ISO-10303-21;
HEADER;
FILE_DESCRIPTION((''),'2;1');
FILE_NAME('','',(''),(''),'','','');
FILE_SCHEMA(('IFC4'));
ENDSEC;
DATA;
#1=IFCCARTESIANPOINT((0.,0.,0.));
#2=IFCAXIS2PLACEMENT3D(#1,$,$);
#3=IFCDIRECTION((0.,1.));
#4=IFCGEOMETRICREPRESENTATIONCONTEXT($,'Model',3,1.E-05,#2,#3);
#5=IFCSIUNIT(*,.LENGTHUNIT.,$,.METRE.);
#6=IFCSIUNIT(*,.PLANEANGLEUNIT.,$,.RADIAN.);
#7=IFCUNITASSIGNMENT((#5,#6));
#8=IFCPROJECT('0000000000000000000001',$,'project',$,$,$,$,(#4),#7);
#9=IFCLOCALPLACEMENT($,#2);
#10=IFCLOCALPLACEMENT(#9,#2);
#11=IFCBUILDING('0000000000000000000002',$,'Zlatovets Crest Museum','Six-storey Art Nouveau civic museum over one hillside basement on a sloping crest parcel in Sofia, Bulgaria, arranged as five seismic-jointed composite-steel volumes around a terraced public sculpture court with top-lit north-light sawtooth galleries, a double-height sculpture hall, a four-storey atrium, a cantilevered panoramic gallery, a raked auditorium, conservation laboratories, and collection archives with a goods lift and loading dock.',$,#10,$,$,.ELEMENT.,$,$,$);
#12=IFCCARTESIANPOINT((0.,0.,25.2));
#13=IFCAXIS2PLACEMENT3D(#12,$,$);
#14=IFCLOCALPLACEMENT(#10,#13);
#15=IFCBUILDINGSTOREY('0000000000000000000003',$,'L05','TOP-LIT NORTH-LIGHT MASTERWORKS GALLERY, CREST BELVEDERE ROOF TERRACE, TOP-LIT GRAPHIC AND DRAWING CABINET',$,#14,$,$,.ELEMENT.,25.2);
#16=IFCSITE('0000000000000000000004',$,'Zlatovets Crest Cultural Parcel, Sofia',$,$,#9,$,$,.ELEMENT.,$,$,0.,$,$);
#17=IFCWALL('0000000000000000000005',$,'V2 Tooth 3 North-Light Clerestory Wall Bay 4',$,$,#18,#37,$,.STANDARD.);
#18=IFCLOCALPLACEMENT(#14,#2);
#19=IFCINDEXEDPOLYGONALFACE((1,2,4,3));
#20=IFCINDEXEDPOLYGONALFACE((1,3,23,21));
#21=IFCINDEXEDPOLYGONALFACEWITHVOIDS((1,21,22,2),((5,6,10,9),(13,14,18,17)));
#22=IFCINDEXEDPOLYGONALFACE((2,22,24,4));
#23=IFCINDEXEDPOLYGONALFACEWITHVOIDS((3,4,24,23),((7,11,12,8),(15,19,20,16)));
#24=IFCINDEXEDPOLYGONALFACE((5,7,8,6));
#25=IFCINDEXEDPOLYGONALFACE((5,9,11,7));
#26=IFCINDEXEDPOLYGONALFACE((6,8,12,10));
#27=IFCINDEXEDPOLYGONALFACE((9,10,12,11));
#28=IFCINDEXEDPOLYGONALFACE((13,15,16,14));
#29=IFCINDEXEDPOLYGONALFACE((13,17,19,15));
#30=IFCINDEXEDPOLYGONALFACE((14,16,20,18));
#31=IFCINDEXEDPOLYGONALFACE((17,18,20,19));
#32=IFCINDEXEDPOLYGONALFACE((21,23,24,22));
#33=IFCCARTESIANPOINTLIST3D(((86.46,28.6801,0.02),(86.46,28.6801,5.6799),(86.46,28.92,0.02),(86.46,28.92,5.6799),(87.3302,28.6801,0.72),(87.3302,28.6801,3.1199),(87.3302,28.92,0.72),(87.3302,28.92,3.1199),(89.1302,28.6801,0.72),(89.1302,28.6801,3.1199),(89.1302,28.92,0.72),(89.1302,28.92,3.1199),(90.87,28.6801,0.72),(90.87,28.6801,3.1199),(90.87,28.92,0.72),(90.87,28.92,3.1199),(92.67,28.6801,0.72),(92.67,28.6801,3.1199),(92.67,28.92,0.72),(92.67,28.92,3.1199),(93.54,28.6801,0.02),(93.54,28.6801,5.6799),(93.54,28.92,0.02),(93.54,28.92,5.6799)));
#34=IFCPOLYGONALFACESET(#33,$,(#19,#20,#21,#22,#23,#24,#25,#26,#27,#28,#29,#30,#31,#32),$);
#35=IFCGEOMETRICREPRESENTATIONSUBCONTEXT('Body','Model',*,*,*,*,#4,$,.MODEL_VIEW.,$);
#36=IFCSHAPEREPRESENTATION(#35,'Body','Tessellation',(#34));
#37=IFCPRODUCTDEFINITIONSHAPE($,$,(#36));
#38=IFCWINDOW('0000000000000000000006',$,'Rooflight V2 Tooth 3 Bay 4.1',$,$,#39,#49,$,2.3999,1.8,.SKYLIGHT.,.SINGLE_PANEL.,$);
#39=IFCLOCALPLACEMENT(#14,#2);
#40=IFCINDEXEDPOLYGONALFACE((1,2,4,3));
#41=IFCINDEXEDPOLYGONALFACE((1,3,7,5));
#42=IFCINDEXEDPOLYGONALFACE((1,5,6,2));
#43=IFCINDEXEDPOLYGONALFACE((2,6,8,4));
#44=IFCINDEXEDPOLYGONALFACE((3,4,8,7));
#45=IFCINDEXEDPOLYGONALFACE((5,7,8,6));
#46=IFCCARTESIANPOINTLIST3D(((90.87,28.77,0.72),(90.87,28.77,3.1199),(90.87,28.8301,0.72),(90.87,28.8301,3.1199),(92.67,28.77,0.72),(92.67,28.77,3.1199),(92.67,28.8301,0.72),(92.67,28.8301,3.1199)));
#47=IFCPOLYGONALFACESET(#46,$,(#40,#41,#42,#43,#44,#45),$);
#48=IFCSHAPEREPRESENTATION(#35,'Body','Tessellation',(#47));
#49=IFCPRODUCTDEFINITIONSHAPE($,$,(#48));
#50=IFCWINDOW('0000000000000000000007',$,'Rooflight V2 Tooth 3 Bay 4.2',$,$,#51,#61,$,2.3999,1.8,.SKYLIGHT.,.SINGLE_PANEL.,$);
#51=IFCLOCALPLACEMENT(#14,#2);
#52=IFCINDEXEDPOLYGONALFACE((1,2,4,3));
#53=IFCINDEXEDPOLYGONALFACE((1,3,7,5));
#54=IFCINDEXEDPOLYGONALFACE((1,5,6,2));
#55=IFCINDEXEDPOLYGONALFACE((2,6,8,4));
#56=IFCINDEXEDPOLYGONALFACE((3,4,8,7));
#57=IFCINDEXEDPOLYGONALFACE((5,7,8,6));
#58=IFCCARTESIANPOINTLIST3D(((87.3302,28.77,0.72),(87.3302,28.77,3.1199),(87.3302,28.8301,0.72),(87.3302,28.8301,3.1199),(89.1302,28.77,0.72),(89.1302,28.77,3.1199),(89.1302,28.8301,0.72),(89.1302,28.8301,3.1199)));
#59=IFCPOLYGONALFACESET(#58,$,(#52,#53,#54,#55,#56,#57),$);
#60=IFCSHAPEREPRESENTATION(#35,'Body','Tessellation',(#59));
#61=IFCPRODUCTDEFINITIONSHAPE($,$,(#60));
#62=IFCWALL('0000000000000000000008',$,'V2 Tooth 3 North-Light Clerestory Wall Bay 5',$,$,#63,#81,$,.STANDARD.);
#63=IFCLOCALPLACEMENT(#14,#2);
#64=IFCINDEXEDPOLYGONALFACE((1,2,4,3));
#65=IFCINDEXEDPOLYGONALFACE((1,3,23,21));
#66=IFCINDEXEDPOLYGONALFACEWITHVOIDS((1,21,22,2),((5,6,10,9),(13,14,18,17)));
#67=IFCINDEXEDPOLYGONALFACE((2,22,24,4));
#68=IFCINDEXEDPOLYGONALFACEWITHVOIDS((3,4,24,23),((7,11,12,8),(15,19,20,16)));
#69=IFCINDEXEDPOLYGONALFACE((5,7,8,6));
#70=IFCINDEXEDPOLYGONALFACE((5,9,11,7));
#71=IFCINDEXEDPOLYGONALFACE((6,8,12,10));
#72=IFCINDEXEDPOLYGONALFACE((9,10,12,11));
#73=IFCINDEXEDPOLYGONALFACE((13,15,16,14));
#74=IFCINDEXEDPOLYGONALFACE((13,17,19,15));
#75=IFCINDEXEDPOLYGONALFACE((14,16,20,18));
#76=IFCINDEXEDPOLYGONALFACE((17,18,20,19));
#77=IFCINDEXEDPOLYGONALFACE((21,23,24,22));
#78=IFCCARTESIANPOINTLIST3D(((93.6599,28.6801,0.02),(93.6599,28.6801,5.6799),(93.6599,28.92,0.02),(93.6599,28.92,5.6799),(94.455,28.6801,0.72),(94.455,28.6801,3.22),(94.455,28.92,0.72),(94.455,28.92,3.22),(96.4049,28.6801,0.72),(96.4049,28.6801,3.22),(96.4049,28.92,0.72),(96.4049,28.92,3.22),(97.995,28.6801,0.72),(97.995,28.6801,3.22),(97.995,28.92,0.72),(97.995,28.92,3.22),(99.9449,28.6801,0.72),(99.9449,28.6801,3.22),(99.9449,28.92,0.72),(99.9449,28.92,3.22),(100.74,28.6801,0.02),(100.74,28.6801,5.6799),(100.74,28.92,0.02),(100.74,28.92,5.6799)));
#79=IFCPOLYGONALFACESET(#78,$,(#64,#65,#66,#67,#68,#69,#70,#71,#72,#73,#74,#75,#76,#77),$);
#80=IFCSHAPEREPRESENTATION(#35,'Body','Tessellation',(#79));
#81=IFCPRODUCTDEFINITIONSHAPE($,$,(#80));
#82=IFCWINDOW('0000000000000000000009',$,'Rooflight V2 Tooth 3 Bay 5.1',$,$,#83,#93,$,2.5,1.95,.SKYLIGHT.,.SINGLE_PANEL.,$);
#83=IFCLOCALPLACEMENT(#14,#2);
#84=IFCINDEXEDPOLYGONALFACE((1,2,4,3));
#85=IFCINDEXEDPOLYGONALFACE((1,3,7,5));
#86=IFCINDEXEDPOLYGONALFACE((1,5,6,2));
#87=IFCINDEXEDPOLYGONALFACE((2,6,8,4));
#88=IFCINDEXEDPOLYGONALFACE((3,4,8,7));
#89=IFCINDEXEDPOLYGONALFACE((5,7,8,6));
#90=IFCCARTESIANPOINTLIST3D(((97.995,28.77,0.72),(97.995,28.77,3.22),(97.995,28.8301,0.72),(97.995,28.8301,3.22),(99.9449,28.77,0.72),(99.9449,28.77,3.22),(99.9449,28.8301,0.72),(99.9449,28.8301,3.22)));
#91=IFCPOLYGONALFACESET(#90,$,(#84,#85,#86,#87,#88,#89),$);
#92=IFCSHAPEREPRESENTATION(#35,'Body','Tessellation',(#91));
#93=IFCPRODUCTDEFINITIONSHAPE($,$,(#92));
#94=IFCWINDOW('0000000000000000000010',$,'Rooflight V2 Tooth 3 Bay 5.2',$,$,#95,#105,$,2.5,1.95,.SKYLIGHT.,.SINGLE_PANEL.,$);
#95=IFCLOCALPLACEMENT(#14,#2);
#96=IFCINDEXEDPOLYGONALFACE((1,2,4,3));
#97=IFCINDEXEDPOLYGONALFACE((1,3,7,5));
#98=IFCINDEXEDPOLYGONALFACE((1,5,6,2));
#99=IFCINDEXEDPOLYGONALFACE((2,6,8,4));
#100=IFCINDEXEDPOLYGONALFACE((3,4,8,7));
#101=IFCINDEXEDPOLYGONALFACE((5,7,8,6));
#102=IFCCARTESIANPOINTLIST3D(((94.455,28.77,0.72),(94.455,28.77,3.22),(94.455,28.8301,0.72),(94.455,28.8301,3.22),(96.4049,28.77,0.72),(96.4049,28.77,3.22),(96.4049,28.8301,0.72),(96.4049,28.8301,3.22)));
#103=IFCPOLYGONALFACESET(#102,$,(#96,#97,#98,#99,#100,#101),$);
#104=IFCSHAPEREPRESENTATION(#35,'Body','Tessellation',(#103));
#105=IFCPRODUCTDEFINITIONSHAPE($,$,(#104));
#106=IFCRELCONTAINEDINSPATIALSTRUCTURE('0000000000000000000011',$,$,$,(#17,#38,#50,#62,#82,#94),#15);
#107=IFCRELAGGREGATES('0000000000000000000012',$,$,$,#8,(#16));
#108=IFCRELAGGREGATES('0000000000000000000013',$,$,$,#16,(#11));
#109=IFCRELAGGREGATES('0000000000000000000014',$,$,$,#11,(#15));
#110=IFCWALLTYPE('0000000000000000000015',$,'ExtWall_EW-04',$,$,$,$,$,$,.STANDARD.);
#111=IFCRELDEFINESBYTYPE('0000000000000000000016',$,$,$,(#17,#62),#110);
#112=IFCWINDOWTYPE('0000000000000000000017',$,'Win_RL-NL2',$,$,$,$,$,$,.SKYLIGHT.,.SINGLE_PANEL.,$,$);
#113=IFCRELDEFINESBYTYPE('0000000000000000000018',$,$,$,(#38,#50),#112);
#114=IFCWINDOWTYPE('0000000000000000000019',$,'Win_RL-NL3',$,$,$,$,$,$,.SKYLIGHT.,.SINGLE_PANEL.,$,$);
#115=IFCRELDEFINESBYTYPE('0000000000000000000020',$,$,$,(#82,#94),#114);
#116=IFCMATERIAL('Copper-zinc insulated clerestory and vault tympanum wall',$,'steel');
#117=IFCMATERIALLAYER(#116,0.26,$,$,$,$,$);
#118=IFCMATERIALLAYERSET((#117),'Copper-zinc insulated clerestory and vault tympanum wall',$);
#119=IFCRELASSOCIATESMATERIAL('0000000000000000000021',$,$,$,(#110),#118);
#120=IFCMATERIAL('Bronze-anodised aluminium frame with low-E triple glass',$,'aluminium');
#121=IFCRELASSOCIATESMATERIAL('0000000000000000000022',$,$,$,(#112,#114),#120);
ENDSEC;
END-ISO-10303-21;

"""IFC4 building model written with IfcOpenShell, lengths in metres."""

from ifc_helpers import new_model, si_unit, direction, frame, frame_2d, origin, place, context, subcontext, project, spatial, rectangle, extrude, material, layer, layer_set, type_object, element, fill, save


model = new_model("IFC4")

# Units and contexts
model_context = context("Model", 3, precision=1e-05, world=origin(), true_north=direction((0.0, 1.0)))
body_context = subcontext(model_context, "Body", "Model", "MODEL_VIEW")
ifc_project = project(units=[si_unit("LENGTHUNIT", "METRE"), si_unit("PLANEANGLEUNIT", "RADIAN")], contexts=[model_context])

# Site, building, storey
site_placement = place(None, origin())
site = spatial("IfcSite", under=ifc_project, at=site_placement, Name="Zlatovets Crest Cultural Parcel, Sofia", CompositionType="ELEMENT", RefElevation=0.0)
building_placement = place(site_placement, origin())
building = spatial("IfcBuilding", under=site, at=building_placement, Name="Zlatovets Crest Museum", Description="Six-storey Art Nouveau civic museum over one hillside basement on a sloping crest parcel in Sofia, Bulgaria, arranged as five seismic-jointed composite-steel volumes around a terraced public sculpture court with top-lit north-light sawtooth galleries, a double-height sculpture hall, a four-storey atrium, a cantilevered panoramic gallery, a raked auditorium, conservation laboratories, and collection archives with a goods lift and loading dock.", CompositionType="ELEMENT")
storey_placement = place(building_placement, frame((0.0, 0.0, 25.2)))
storey = spatial("IfcBuildingStorey", under=building, at=storey_placement, Name="L05", Description="TOP-LIT NORTH-LIGHT MASTERWORKS GALLERY, CREST BELVEDERE ROOF TERRACE, TOP-LIT GRAPHIC AND DRAWING CABINET", CompositionType="ELEMENT", Elevation=25.2)

# Walls, openings, windows
ifc_material_1 = material(Name="Copper-zinc insulated clerestory and vault tympanum wall", Category="steel")
ifc_layer_1 = layer(ifc_material_1, 0.26)
ifc_layer_set_1 = layer_set([ifc_layer_1], Name="Copper-zinc insulated clerestory and vault tympanum wall")
wall_type = type_object("IfcWallType", Name="ExtWall_EW-04", PredefinedType="STANDARD", material=ifc_layer_set_1)
wall_1_placement = place(storey_placement, frame((93.54, 28.8, 0.02), z_axis=(0.0, 0.0, 1.0), x_axis=(-1.0, 0.0, 0.0)))
wall_1 = element("IfcWall", 1, at=wall_1_placement, inside=storey, type_object=wall_type, Name="V2 Tooth 3 North-Light Clerestory Wall Bay 4", PredefinedType="STANDARD", context=body_context, shape_type="SweptSolid", body=[
    extrude(rectangle(XDim=7.0801, YDim=0.24, at=frame_2d((3.54, 0.0))), origin(), (0.0, 0.0, 1.0), 5.6599),
])
opening_1_placement = place(wall_1_placement, frame((0.8701, 0.0, 0.7)))
opening_1 = element("IfcOpeningElement", 2, at=opening_1_placement, cuts=wall_1, PredefinedType="OPENING", context=body_context, shape_type="SweptSolid", body=[
    extrude(rectangle(XDim=1.8, YDim=2.3999, at=frame_2d((0.8999, 1.2))), frame((0.0, 0.1299, 0.0), z_axis=(0.0, -1.0, 0.0), x_axis=(1.0, 0.0, 0.0)), (0.0, 0.0, 1.0), 0.26),
])
opening_2_placement = place(wall_1_placement, frame((4.4099, 0.0, 0.7)))
opening_2 = element("IfcOpeningElement", 3, at=opening_2_placement, cuts=wall_1, PredefinedType="OPENING", context=body_context, shape_type="SweptSolid", body=[
    extrude(rectangle(XDim=1.8, YDim=2.3999, at=frame_2d((0.8999, 1.2))), frame((0.0, 0.1299, 0.0), z_axis=(0.0, -1.0, 0.0), x_axis=(1.0, 0.0, 0.0)), (0.0, 0.0, 1.0), 0.26),
])
ifc_material_2 = material(Name="Bronze-anodised aluminium frame with low-E triple glass", Category="aluminium")
window_type_1 = type_object("IfcWindowType", Name="Win_RL-NL2", PartitioningType="SINGLE_PANEL", PredefinedType="SKYLIGHT", material=ifc_material_2)
window_1_placement = place(opening_1_placement, origin())
window_1 = element("IfcWindow", 4, at=window_1_placement, inside=storey, type_object=window_type_1, Name="Rooflight V2 Tooth 3 Bay 4.1", OverallHeight=2.3999, OverallWidth=1.8, PartitioningType="SINGLE_PANEL", PredefinedType="SKYLIGHT", context=body_context, shape_type="SweptSolid", body=[
    extrude(rectangle(XDim=1.8, YDim=2.3999, at=frame_2d((0.8999, 1.2))), frame((0.0, 0.03, 0.0), z_axis=(0.0, -1.0, 0.0), x_axis=(1.0, 0.0, 0.0)), (0.0, 0.0, 1.0), 0.0601),
])
fill(opening_1, window_1)
window_2_placement = place(opening_2_placement, origin())
window_2 = element("IfcWindow", 5, at=window_2_placement, inside=storey, type_object=window_type_1, Name="Rooflight V2 Tooth 3 Bay 4.2", OverallHeight=2.3999, OverallWidth=1.8, PartitioningType="SINGLE_PANEL", PredefinedType="SKYLIGHT", context=body_context, shape_type="SweptSolid", body=[
    extrude(rectangle(XDim=1.8, YDim=2.3999, at=frame_2d((0.8999, 1.2))), frame((0.0, 0.03, 0.0), z_axis=(0.0, -1.0, 0.0), x_axis=(1.0, 0.0, 0.0)), (0.0, 0.0, 1.0), 0.0601),
])
fill(opening_2, window_2)
wall_2_placement = place(storey_placement, frame((100.74, 28.8, 0.02), z_axis=(0.0, 0.0, 1.0), x_axis=(-1.0, 0.0, 0.0)))
wall_2 = element("IfcWall", 6, at=wall_2_placement, inside=storey, type_object=wall_type, Name="V2 Tooth 3 North-Light Clerestory Wall Bay 5", PredefinedType="STANDARD", context=body_context, shape_type="SweptSolid", body=[
    extrude(rectangle(XDim=7.0801, YDim=0.24, at=frame_2d((3.54, 0.0))), origin(), (0.0, 0.0, 1.0), 5.6599),
])
opening_3_placement = place(wall_2_placement, frame((0.7949, 0.0, 0.7)))
opening_3 = element("IfcOpeningElement", 7, at=opening_3_placement, cuts=wall_2, PredefinedType="OPENING", context=body_context, shape_type="SweptSolid", body=[
    extrude(rectangle(XDim=1.95, YDim=2.5, at=frame_2d((0.9751, 1.25))), frame((0.0, 0.1299, 0.0), z_axis=(0.0, -1.0, 0.0), x_axis=(1.0, 0.0, 0.0)), (0.0, 0.0, 1.0), 0.26),
])
opening_4_placement = place(wall_2_placement, frame((4.335, 0.0, 0.7)))
opening_4 = element("IfcOpeningElement", 8, at=opening_4_placement, cuts=wall_2, PredefinedType="OPENING", context=body_context, shape_type="SweptSolid", body=[
    extrude(rectangle(XDim=1.95, YDim=2.5, at=frame_2d((0.9751, 1.25))), frame((0.0, 0.1299, 0.0), z_axis=(0.0, -1.0, 0.0), x_axis=(1.0, 0.0, 0.0)), (0.0, 0.0, 1.0), 0.26),
])
window_type_2 = type_object("IfcWindowType", Name="Win_RL-NL3", PartitioningType="SINGLE_PANEL", PredefinedType="SKYLIGHT", material=ifc_material_2)
window_3_placement = place(opening_3_placement, origin())
window_3 = element("IfcWindow", 9, at=window_3_placement, inside=storey, type_object=window_type_2, Name="Rooflight V2 Tooth 3 Bay 5.1", OverallHeight=2.5, OverallWidth=1.95, PartitioningType="SINGLE_PANEL", PredefinedType="SKYLIGHT", context=body_context, shape_type="SweptSolid", body=[
    extrude(rectangle(XDim=1.95, YDim=2.5, at=frame_2d((0.9751, 1.25))), frame((0.0, 0.03, 0.0), z_axis=(0.0, -1.0, 0.0), x_axis=(1.0, 0.0, 0.0)), (0.0, 0.0, 1.0), 0.0601),
])
fill(opening_3, window_3)
window_4_placement = place(opening_4_placement, origin())
window_4 = element("IfcWindow", 10, at=window_4_placement, inside=storey, type_object=window_type_2, Name="Rooflight V2 Tooth 3 Bay 5.2", OverallHeight=2.5, OverallWidth=1.95, PartitioningType="SINGLE_PANEL", PredefinedType="SKYLIGHT", context=body_context, shape_type="SweptSolid", body=[
    extrude(rectangle(XDim=1.95, YDim=2.5, at=frame_2d((0.9751, 1.25))), frame((0.0, 0.03, 0.0), z_axis=(0.0, -1.0, 0.0), x_axis=(1.0, 0.0, 0.0)), (0.0, 0.0, 1.0), 0.0601),
])
fill(opening_4, window_4)

save(model, "model.ifc")
